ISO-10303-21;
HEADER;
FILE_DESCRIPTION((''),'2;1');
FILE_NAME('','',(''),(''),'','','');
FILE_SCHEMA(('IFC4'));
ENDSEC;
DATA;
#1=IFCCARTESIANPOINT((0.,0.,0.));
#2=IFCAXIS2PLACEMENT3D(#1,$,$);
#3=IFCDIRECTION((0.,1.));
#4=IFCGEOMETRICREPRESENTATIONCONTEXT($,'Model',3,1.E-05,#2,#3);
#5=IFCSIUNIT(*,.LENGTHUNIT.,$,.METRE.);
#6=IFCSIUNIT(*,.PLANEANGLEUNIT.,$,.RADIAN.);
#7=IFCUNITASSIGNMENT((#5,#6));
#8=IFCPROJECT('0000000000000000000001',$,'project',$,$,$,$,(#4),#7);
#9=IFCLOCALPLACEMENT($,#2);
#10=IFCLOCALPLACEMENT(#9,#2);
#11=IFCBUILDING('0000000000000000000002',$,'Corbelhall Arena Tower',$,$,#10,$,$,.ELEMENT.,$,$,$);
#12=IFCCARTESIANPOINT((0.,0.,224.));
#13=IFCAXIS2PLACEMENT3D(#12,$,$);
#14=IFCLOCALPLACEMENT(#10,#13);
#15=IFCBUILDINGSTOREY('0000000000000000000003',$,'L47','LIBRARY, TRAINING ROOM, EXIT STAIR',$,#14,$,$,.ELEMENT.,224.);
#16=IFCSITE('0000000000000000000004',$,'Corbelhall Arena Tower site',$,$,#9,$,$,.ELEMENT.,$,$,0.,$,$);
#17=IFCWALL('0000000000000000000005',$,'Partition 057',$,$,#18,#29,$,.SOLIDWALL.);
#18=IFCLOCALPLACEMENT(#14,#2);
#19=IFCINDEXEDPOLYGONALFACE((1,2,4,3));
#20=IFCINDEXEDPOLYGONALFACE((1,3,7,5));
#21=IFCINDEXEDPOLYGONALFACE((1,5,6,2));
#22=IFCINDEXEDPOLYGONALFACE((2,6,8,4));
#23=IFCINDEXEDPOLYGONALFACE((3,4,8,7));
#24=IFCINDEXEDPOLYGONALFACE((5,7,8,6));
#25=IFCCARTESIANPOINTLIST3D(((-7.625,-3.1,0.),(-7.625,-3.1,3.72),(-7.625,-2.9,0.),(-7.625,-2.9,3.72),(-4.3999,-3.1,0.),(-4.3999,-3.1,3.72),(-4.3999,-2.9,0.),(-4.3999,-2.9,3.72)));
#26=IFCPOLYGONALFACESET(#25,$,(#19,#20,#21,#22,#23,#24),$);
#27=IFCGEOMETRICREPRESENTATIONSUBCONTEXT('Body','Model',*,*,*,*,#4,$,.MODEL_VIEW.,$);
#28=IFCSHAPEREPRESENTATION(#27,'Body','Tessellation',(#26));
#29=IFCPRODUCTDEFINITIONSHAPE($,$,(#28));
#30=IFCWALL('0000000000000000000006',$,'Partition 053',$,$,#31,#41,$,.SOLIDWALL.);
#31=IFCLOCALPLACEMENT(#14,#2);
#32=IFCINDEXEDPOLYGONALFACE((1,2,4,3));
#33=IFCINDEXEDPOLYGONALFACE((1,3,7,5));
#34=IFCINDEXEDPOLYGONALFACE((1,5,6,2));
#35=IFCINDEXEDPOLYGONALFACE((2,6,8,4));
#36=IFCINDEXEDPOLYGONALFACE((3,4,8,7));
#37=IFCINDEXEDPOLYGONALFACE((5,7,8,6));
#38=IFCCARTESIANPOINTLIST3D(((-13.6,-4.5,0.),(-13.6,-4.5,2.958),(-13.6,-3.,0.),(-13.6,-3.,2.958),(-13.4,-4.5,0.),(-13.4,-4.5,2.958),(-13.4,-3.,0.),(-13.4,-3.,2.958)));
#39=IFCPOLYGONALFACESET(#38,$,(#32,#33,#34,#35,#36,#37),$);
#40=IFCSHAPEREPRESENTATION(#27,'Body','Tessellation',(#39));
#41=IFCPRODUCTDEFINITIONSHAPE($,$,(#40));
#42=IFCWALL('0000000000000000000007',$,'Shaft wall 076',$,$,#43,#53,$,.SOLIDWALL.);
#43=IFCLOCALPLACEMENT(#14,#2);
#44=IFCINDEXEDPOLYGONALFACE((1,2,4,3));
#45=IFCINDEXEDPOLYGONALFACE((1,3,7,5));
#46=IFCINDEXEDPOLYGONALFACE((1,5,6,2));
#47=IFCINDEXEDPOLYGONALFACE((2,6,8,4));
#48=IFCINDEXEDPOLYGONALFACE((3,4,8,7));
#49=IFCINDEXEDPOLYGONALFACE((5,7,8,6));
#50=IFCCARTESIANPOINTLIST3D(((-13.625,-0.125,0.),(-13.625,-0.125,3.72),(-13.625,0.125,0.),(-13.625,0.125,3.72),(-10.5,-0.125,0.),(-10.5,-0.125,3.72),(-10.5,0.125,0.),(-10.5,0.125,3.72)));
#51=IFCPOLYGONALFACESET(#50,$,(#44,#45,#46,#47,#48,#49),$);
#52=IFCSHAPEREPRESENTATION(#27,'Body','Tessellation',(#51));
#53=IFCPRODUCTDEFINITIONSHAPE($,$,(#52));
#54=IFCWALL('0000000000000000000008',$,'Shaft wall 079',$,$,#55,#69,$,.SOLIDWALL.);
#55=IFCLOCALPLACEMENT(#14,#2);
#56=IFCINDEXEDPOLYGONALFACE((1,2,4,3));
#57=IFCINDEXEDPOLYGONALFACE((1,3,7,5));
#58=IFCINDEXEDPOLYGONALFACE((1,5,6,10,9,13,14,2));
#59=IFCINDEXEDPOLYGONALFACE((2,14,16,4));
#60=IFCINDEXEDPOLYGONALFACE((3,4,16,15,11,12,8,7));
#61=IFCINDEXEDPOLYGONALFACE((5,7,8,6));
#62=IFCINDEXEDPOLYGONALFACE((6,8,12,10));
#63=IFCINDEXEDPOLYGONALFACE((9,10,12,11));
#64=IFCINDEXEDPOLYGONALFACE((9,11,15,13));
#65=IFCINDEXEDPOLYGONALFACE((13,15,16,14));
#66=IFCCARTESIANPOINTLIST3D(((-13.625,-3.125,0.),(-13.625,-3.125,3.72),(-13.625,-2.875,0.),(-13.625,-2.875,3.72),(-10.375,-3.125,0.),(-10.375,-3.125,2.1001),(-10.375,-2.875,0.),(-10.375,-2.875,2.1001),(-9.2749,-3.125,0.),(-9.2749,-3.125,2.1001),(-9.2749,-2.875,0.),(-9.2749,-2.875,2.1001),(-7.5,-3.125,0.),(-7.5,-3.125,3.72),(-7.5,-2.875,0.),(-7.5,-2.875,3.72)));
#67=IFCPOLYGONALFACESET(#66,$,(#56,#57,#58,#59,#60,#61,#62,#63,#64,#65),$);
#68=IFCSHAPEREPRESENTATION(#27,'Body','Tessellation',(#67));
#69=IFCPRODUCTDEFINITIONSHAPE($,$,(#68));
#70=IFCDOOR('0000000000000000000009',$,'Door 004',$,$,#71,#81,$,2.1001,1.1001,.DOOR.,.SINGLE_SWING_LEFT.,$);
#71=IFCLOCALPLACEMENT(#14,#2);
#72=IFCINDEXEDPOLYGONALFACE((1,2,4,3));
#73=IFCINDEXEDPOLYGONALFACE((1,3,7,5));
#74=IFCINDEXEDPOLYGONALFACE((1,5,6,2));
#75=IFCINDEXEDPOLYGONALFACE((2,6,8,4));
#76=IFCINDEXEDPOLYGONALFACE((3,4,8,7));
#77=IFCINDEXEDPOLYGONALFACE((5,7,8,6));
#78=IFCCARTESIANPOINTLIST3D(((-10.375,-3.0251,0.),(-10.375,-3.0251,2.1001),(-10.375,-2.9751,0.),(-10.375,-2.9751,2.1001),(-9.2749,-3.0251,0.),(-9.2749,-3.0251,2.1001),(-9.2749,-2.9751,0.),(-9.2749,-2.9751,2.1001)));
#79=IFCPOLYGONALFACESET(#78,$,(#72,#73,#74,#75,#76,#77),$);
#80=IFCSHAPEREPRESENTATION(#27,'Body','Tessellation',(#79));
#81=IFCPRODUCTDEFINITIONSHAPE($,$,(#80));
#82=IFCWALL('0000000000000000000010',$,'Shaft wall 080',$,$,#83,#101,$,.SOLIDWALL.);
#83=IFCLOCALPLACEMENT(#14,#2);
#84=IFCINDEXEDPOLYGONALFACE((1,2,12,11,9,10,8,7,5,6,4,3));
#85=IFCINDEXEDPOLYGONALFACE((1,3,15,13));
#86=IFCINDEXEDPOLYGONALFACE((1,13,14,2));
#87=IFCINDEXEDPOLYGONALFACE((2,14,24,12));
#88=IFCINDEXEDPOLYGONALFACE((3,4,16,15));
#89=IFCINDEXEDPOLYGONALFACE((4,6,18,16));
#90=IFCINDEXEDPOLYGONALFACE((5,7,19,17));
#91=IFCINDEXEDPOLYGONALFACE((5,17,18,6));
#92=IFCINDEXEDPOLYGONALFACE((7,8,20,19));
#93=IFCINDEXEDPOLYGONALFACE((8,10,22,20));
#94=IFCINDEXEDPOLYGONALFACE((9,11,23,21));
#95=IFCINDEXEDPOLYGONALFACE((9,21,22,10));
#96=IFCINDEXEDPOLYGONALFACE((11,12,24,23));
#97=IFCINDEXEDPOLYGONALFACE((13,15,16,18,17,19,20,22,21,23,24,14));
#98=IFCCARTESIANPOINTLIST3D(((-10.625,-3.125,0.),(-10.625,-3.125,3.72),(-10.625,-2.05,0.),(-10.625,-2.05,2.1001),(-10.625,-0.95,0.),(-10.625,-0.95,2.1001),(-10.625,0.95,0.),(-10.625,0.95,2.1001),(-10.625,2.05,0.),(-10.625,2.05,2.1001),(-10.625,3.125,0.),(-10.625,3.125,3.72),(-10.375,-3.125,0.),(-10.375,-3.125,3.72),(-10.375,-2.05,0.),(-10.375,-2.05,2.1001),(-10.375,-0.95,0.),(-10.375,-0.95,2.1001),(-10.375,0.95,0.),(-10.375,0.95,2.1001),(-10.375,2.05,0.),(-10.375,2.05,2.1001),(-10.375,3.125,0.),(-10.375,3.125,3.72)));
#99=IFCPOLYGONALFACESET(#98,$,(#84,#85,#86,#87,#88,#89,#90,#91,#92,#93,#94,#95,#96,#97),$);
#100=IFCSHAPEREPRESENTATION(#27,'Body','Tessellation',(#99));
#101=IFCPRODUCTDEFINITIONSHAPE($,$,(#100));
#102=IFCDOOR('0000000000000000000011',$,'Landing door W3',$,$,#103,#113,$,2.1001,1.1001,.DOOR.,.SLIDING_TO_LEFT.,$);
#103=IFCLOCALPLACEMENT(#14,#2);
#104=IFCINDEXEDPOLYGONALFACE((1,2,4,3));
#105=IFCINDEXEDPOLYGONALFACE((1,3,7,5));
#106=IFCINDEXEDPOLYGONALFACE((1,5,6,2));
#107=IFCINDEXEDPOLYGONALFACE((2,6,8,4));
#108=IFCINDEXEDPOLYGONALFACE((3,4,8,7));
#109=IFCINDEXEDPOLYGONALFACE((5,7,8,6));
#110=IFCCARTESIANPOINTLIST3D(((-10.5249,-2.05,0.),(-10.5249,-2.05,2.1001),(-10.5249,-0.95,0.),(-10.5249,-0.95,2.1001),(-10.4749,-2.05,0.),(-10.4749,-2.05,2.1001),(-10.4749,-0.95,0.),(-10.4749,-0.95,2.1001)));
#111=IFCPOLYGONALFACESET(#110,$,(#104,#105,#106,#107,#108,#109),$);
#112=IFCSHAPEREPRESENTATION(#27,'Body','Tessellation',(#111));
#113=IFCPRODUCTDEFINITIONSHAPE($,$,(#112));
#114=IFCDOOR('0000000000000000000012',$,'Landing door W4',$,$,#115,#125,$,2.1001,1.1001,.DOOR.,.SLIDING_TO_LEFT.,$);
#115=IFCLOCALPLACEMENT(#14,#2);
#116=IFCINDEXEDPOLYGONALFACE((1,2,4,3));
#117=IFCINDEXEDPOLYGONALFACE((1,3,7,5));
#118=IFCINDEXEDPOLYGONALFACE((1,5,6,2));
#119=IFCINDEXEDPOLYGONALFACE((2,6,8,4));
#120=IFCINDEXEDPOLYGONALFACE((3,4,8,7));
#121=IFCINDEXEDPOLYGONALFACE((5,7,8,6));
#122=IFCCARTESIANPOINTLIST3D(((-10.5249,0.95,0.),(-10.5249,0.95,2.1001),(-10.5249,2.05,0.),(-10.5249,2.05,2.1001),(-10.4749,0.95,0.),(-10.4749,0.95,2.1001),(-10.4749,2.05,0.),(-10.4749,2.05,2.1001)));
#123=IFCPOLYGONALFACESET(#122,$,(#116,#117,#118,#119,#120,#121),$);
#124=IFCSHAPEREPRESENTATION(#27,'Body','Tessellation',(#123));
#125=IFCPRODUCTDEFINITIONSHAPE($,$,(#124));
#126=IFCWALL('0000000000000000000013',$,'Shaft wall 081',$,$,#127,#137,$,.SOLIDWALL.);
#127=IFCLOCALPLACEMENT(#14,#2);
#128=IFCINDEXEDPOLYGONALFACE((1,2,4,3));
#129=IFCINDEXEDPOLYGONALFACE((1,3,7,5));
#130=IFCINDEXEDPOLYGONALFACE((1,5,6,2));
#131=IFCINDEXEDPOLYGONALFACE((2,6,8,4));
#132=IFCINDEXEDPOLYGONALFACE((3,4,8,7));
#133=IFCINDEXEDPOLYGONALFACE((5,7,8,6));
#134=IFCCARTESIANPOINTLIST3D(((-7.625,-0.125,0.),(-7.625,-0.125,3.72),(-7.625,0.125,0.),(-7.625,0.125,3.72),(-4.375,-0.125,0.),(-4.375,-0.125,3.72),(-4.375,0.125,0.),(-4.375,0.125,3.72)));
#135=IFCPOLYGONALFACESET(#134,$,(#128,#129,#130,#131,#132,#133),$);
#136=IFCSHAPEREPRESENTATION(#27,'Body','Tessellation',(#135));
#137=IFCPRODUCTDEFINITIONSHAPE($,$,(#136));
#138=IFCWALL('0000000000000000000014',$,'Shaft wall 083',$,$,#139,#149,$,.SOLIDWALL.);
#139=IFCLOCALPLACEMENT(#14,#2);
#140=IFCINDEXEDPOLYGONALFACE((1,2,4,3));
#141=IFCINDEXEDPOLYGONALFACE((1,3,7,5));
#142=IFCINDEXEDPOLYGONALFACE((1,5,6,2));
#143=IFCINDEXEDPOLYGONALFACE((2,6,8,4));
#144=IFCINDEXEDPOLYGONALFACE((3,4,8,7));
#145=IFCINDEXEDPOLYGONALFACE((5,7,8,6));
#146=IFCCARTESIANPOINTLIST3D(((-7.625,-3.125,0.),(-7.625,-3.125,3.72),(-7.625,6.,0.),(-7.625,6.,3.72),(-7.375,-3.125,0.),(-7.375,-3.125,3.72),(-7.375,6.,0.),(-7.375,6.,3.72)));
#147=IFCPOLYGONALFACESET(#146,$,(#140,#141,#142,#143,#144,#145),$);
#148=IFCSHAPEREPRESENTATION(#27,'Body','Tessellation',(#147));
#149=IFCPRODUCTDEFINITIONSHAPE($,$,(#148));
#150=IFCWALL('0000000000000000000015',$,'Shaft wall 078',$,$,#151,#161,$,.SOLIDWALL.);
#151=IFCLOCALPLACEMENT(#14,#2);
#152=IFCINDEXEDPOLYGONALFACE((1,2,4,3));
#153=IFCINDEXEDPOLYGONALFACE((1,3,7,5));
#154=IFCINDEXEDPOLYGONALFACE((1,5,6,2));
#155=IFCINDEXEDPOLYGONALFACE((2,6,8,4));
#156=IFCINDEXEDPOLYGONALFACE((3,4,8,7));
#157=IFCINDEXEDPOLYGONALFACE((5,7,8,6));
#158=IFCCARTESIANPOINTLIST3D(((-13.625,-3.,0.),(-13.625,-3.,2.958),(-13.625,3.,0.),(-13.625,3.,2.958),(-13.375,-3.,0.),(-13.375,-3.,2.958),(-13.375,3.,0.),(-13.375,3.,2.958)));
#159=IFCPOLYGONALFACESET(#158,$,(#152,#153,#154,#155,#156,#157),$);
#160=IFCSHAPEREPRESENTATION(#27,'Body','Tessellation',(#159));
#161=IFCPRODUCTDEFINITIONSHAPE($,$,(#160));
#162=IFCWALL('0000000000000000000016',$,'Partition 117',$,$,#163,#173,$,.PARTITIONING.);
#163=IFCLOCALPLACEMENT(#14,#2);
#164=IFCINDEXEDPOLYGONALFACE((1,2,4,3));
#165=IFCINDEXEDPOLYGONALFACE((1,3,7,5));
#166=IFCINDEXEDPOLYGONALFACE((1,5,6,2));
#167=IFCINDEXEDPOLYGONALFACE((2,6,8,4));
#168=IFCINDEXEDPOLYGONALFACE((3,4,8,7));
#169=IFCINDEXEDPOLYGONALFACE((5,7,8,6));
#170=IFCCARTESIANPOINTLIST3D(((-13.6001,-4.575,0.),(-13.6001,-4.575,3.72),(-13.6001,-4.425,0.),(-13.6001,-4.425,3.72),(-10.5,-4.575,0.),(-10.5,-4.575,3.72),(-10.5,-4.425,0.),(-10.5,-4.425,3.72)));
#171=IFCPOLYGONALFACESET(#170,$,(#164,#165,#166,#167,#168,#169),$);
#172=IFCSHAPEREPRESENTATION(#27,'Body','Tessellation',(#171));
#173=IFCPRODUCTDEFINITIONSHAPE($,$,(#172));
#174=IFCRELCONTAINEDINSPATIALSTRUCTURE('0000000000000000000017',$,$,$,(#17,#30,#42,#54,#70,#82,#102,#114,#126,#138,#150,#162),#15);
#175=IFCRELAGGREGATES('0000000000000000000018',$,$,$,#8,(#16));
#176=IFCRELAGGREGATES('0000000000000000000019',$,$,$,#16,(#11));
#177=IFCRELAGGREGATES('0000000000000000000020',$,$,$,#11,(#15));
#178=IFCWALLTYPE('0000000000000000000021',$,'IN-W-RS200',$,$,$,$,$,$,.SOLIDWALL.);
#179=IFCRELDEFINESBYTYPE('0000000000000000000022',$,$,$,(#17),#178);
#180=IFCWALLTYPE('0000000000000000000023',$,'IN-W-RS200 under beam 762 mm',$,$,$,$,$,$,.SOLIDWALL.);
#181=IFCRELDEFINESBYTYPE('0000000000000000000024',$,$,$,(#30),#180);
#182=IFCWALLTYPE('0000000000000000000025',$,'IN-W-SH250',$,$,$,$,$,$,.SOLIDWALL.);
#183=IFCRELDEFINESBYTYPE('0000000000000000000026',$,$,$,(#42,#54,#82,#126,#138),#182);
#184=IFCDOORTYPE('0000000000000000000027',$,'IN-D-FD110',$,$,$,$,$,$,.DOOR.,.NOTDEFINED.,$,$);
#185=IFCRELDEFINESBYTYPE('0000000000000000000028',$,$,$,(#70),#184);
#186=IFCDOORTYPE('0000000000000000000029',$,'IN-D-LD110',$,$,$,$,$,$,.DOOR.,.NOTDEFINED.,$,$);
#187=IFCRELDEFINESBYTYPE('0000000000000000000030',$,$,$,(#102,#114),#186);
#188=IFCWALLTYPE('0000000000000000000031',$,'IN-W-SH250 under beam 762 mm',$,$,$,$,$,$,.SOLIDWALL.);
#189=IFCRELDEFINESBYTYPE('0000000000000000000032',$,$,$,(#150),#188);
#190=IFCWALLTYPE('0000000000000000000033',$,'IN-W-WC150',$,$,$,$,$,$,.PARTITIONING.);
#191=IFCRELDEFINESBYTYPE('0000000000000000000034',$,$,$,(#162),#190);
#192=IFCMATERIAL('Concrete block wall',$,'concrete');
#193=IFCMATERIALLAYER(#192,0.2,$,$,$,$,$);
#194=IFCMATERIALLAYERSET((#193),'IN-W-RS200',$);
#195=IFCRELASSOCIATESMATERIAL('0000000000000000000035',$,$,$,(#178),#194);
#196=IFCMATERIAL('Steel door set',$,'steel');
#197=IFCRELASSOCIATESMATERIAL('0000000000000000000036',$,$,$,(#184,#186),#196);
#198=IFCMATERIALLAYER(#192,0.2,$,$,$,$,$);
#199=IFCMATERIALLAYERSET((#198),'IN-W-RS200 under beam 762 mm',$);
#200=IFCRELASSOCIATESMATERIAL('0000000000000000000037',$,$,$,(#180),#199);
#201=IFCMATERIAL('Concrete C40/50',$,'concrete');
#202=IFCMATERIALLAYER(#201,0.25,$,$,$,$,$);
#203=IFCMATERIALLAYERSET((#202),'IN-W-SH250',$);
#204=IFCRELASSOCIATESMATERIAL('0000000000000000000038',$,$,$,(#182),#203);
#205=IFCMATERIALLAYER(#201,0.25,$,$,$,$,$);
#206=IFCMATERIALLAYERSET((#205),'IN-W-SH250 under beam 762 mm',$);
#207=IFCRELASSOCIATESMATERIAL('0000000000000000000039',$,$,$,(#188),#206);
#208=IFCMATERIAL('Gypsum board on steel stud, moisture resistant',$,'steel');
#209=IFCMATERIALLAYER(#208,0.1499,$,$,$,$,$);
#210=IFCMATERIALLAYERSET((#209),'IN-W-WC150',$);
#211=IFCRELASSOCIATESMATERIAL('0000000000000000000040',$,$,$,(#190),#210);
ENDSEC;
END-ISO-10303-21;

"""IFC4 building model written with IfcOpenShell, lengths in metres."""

from ifc_helpers import new_model, si_unit, direction, frame, frame_2d, origin, place, context, subcontext, project, spatial, rectangle, extrude, material, layer, layer_set, type_object, element, fill, save


model = new_model("IFC4")

# Units and contexts
model_context = context("Model", 3, precision=1e-05, world=origin(), true_north=direction((0.0, 1.0)))
body_context = subcontext(model_context, "Body", "Model", "MODEL_VIEW")
ifc_project = project(units=[si_unit("LENGTHUNIT", "METRE"), si_unit("PLANEANGLEUNIT", "RADIAN")], contexts=[model_context])

# Site, building, storey
site_placement = place(None, origin())
site = spatial("IfcSite", under=ifc_project, at=site_placement, Name="Corbelhall Arena Tower site", CompositionType="ELEMENT", RefElevation=0.0)
building_placement = place(site_placement, origin())
building = spatial("IfcBuilding", under=site, at=building_placement, Name="Corbelhall Arena Tower", CompositionType="ELEMENT")
storey_placement = place(building_placement, frame((0.0, 0.0, 224.0)))
storey = spatial("IfcBuildingStorey", under=building, at=storey_placement, Name="L47", Description="LIBRARY, TRAINING ROOM, EXIT STAIR", CompositionType="ELEMENT", Elevation=224.0)

# Shared definitions
ifc_material_1 = material(Name="Concrete block wall", Category="concrete")
ifc_layer_1 = layer(ifc_material_1, 0.2)
ifc_layer_set_1 = layer_set([ifc_layer_1], Name="IN-W-RS200")
wall_type_1 = type_object("IfcWallType", Name="IN-W-RS200", PredefinedType="SOLIDWALL", material=ifc_layer_set_1)
ifc_material_2 = material(Name="Steel door set", Category="steel")
door_type_1 = type_object("IfcDoorType", Name="IN-D-FD110", OperationType="NOTDEFINED", PredefinedType="DOOR", material=ifc_material_2)

# Walls
wall_1_placement = place(storey_placement, frame((-7.625, -3.0, 0.0), z_axis=(0.0, 0.0, 1.0), x_axis=(1.0, 0.0, 0.0)))
element("IfcWall", 1, at=wall_1_placement, inside=storey, type_object=wall_type_1, Name="Partition 057", PredefinedType="SOLIDWALL", context=body_context, shape_type="SweptSolid", body=[
    extrude(rectangle(XDim=3.2251, YDim=0.2, at=frame_2d((1.6125, 0.0))), origin(), (0.0, 0.0, 1.0), 3.72),
])
ifc_layer_2 = layer(ifc_material_1, 0.2)
ifc_layer_set_2 = layer_set([ifc_layer_2], Name="IN-W-RS200 under beam 762 mm")
wall_type_2 = type_object("IfcWallType", Name="IN-W-RS200 under beam 762 mm", PredefinedType="SOLIDWALL", material=ifc_layer_set_2)
wall_2_placement = place(storey_placement, frame((-13.5, -4.5, 0.0), z_axis=(0.0, 0.0, 1.0), x_axis=(0.0, 1.0, 0.0)))
element("IfcWall", 2, at=wall_2_placement, inside=storey, type_object=wall_type_2, Name="Partition 053", PredefinedType="SOLIDWALL", context=body_context, shape_type="SweptSolid", body=[
    extrude(rectangle(XDim=1.5, YDim=0.2, at=frame_2d((0.75, 0.0))), origin(), (0.0, 0.0, 1.0), 2.958),
])
ifc_material_3 = material(Name="Concrete C40/50", Category="concrete")
ifc_layer_3 = layer(ifc_material_3, 0.25)
ifc_layer_set_3 = layer_set([ifc_layer_3], Name="IN-W-SH250")
wall_type_3 = type_object("IfcWallType", Name="IN-W-SH250", PredefinedType="SOLIDWALL", material=ifc_layer_set_3)
wall_3_placement = place(storey_placement, frame((-13.625, 0.0, 0.0), z_axis=(0.0, 0.0, 1.0), x_axis=(1.0, 0.0, 0.0)))
element("IfcWall", 3, at=wall_3_placement, inside=storey, type_object=wall_type_3, Name="Shaft wall 076", PredefinedType="SOLIDWALL", context=body_context, shape_type="SweptSolid", body=[
    extrude(rectangle(XDim=3.125, YDim=0.25, at=frame_2d((1.5625, 0.0))), origin(), (0.0, 0.0, 1.0), 3.72),
])

# Wall, opening, door
wall_4_placement = place(storey_placement, frame((-13.625, -3.0, 0.0), z_axis=(0.0, 0.0, 1.0), x_axis=(1.0, 0.0, 0.0)))
wall_4 = element("IfcWall", 4, at=wall_4_placement, inside=storey, type_object=wall_type_3, Name="Shaft wall 079", PredefinedType="SOLIDWALL", context=body_context, shape_type="SweptSolid", body=[
    extrude(rectangle(XDim=6.125, YDim=0.25, at=frame_2d((3.0625, 0.0))), origin(), (0.0, 0.0, 1.0), 3.72),
])
opening_1_placement = place(wall_4_placement, frame((3.25, 0.0, 0.0)))
opening_1 = element("IfcOpeningElement", 5, at=opening_1_placement, cuts=wall_4, PredefinedType="OPENING", context=body_context, shape_type="SweptSolid", body=[
    extrude(rectangle(XDim=1.1001, YDim=2.1001, at=frame_2d((0.55, 1.05))), frame((0.0, 0.125, 0.0), z_axis=(0.0, -1.0, 0.0), x_axis=(1.0, 0.0, 0.0)), (0.0, 0.0, 1.0), 0.25),
])
door_1_placement = place(opening_1_placement, origin())
door_1 = element("IfcDoor", 6, at=door_1_placement, inside=storey, type_object=door_type_1, Name="Door 004", OperationType="SINGLE_SWING_LEFT", OverallHeight=2.1001, OverallWidth=1.1001, PredefinedType="DOOR", context=body_context, shape_type="SweptSolid", body=[
    extrude(rectangle(XDim=1.1001, YDim=2.1001, at=frame_2d((0.55, 1.05))), frame((0.0, 0.0249, 0.0), z_axis=(0.0, -1.0, 0.0), x_axis=(1.0, 0.0, 0.0)), (0.0, 0.0, 1.0), 0.05),
])
fill(opening_1, door_1)

# Wall, openings, doors
wall_5_placement = place(storey_placement, frame((-10.5, -3.125, 0.0), z_axis=(0.0, 0.0, 1.0), x_axis=(0.0, 1.0, 0.0)))
wall_5 = element("IfcWall", 7, at=wall_5_placement, inside=storey, type_object=wall_type_3, Name="Shaft wall 080", PredefinedType="SOLIDWALL", context=body_context, shape_type="SweptSolid", body=[
    extrude(rectangle(XDim=6.25, YDim=0.25, at=frame_2d((3.125, 0.0))), origin(), (0.0, 0.0, 1.0), 3.72),
])
opening_2_placement = place(wall_5_placement, frame((1.075, 0.0, 0.0)))
opening_2 = element("IfcOpeningElement", 8, at=opening_2_placement, cuts=wall_5, PredefinedType="OPENING", context=body_context, shape_type="SweptSolid", body=[
    extrude(rectangle(XDim=1.1001, YDim=2.1001, at=frame_2d((0.55, 1.05))), frame((0.0, 0.125, 0.0), z_axis=(0.0, -1.0, 0.0), x_axis=(1.0, 0.0, 0.0)), (0.0, 0.0, 1.0), 0.25),
])
opening_3_placement = place(wall_5_placement, frame((4.075, 0.0, 0.0)))
opening_3 = element("IfcOpeningElement", 9, at=opening_3_placement, cuts=wall_5, PredefinedType="OPENING", context=body_context, shape_type="SweptSolid", body=[
    extrude(rectangle(XDim=1.1001, YDim=2.1001, at=frame_2d((0.55, 1.05))), frame((0.0, 0.125, 0.0), z_axis=(0.0, -1.0, 0.0), x_axis=(1.0, 0.0, 0.0)), (0.0, 0.0, 1.0), 0.25),
])
door_type_2 = type_object("IfcDoorType", Name="IN-D-LD110", OperationType="NOTDEFINED", PredefinedType="DOOR", material=ifc_material_2)
door_2_placement = place(opening_2_placement, origin())
door_2 = element("IfcDoor", 10, at=door_2_placement, inside=storey, type_object=door_type_2, Name="Landing door W3", OperationType="SLIDING_TO_LEFT", OverallHeight=2.1001, OverallWidth=1.1001, PredefinedType="DOOR", context=body_context, shape_type="SweptSolid", body=[
    extrude(rectangle(XDim=1.1001, YDim=2.1001, at=frame_2d((0.55, 1.05))), frame((0.0, 0.0249, 0.0), z_axis=(0.0, -1.0, 0.0), x_axis=(1.0, 0.0, 0.0)), (0.0, 0.0, 1.0), 0.05),
])
fill(opening_2, door_2)
door_3_placement = place(opening_3_placement, origin())
door_3 = element("IfcDoor", 11, at=door_3_placement, inside=storey, type_object=door_type_2, Name="Landing door W4", OperationType="SLIDING_TO_LEFT", OverallHeight=2.1001, OverallWidth=1.1001, PredefinedType="DOOR", context=body_context, shape_type="SweptSolid", body=[
    extrude(rectangle(XDim=1.1001, YDim=2.1001, at=frame_2d((0.55, 1.05))), frame((0.0, 0.0249, 0.0), z_axis=(0.0, -1.0, 0.0), x_axis=(1.0, 0.0, 0.0)), (0.0, 0.0, 1.0), 0.05),
])
fill(opening_3, door_3)

# Walls
wall_6_placement = place(storey_placement, frame((-7.625, 0.0, 0.0), z_axis=(0.0, 0.0, 1.0), x_axis=(1.0, 0.0, 0.0)))
element("IfcWall", 12, at=wall_6_placement, inside=storey, type_object=wall_type_3, Name="Shaft wall 081", PredefinedType="SOLIDWALL", context=body_context, shape_type="SweptSolid", body=[
    extrude(rectangle(XDim=3.25, YDim=0.25, at=frame_2d((1.625, 0.0))), origin(), (0.0, 0.0, 1.0), 3.72),
])
wall_7_placement = place(storey_placement, frame((-7.5, -3.125, 0.0), z_axis=(0.0, 0.0, 1.0), x_axis=(0.0, 1.0, 0.0)))
element("IfcWall", 13, at=wall_7_placement, inside=storey, type_object=wall_type_3, Name="Shaft wall 083", PredefinedType="SOLIDWALL", context=body_context, shape_type="SweptSolid", body=[
    extrude(rectangle(XDim=9.125, YDim=0.25, at=frame_2d((4.5625, 0.0))), origin(), (0.0, 0.0, 1.0), 3.72),
])
ifc_layer_4 = layer(ifc_material_3, 0.25)
ifc_layer_set_4 = layer_set([ifc_layer_4], Name="IN-W-SH250 under beam 762 mm")
wall_type_4 = type_object("IfcWallType", Name="IN-W-SH250 under beam 762 mm", PredefinedType="SOLIDWALL", material=ifc_layer_set_4)
wall_8_placement = place(storey_placement, frame((-13.5, -3.0, 0.0), z_axis=(0.0, 0.0, 1.0), x_axis=(0.0, 1.0, 0.0)))
element("IfcWall", 14, at=wall_8_placement, inside=storey, type_object=wall_type_4, Name="Shaft wall 078", PredefinedType="SOLIDWALL", context=body_context, shape_type="SweptSolid", body=[
    extrude(rectangle(XDim=6.0, YDim=0.25, at=frame_2d((3.0, 0.0))), origin(), (0.0, 0.0, 1.0), 2.958),
])
ifc_material_4 = material(Name="Gypsum board on steel stud, moisture resistant", Category="steel")
ifc_layer_5 = layer(ifc_material_4, 0.1499)
ifc_layer_set_5 = layer_set([ifc_layer_5], Name="IN-W-WC150")
wall_type_5 = type_object("IfcWallType", Name="IN-W-WC150", PredefinedType="PARTITIONING", material=ifc_layer_set_5)
wall_9_placement = place(storey_placement, frame((-13.6001, -4.5, 0.0), z_axis=(0.0, 0.0, 1.0), x_axis=(1.0, 0.0, 0.0)))
element("IfcWall", 15, at=wall_9_placement, inside=storey, type_object=wall_type_5, Name="Partition 117", PredefinedType="PARTITIONING", context=body_context, shape_type="SweptSolid", body=[
    extrude(rectangle(XDim=3.1001, YDim=0.1499, at=frame_2d((1.55, 0.0))), origin(), (0.0, 0.0, 1.0), 3.72),
])

save(model, "model.ifc")
